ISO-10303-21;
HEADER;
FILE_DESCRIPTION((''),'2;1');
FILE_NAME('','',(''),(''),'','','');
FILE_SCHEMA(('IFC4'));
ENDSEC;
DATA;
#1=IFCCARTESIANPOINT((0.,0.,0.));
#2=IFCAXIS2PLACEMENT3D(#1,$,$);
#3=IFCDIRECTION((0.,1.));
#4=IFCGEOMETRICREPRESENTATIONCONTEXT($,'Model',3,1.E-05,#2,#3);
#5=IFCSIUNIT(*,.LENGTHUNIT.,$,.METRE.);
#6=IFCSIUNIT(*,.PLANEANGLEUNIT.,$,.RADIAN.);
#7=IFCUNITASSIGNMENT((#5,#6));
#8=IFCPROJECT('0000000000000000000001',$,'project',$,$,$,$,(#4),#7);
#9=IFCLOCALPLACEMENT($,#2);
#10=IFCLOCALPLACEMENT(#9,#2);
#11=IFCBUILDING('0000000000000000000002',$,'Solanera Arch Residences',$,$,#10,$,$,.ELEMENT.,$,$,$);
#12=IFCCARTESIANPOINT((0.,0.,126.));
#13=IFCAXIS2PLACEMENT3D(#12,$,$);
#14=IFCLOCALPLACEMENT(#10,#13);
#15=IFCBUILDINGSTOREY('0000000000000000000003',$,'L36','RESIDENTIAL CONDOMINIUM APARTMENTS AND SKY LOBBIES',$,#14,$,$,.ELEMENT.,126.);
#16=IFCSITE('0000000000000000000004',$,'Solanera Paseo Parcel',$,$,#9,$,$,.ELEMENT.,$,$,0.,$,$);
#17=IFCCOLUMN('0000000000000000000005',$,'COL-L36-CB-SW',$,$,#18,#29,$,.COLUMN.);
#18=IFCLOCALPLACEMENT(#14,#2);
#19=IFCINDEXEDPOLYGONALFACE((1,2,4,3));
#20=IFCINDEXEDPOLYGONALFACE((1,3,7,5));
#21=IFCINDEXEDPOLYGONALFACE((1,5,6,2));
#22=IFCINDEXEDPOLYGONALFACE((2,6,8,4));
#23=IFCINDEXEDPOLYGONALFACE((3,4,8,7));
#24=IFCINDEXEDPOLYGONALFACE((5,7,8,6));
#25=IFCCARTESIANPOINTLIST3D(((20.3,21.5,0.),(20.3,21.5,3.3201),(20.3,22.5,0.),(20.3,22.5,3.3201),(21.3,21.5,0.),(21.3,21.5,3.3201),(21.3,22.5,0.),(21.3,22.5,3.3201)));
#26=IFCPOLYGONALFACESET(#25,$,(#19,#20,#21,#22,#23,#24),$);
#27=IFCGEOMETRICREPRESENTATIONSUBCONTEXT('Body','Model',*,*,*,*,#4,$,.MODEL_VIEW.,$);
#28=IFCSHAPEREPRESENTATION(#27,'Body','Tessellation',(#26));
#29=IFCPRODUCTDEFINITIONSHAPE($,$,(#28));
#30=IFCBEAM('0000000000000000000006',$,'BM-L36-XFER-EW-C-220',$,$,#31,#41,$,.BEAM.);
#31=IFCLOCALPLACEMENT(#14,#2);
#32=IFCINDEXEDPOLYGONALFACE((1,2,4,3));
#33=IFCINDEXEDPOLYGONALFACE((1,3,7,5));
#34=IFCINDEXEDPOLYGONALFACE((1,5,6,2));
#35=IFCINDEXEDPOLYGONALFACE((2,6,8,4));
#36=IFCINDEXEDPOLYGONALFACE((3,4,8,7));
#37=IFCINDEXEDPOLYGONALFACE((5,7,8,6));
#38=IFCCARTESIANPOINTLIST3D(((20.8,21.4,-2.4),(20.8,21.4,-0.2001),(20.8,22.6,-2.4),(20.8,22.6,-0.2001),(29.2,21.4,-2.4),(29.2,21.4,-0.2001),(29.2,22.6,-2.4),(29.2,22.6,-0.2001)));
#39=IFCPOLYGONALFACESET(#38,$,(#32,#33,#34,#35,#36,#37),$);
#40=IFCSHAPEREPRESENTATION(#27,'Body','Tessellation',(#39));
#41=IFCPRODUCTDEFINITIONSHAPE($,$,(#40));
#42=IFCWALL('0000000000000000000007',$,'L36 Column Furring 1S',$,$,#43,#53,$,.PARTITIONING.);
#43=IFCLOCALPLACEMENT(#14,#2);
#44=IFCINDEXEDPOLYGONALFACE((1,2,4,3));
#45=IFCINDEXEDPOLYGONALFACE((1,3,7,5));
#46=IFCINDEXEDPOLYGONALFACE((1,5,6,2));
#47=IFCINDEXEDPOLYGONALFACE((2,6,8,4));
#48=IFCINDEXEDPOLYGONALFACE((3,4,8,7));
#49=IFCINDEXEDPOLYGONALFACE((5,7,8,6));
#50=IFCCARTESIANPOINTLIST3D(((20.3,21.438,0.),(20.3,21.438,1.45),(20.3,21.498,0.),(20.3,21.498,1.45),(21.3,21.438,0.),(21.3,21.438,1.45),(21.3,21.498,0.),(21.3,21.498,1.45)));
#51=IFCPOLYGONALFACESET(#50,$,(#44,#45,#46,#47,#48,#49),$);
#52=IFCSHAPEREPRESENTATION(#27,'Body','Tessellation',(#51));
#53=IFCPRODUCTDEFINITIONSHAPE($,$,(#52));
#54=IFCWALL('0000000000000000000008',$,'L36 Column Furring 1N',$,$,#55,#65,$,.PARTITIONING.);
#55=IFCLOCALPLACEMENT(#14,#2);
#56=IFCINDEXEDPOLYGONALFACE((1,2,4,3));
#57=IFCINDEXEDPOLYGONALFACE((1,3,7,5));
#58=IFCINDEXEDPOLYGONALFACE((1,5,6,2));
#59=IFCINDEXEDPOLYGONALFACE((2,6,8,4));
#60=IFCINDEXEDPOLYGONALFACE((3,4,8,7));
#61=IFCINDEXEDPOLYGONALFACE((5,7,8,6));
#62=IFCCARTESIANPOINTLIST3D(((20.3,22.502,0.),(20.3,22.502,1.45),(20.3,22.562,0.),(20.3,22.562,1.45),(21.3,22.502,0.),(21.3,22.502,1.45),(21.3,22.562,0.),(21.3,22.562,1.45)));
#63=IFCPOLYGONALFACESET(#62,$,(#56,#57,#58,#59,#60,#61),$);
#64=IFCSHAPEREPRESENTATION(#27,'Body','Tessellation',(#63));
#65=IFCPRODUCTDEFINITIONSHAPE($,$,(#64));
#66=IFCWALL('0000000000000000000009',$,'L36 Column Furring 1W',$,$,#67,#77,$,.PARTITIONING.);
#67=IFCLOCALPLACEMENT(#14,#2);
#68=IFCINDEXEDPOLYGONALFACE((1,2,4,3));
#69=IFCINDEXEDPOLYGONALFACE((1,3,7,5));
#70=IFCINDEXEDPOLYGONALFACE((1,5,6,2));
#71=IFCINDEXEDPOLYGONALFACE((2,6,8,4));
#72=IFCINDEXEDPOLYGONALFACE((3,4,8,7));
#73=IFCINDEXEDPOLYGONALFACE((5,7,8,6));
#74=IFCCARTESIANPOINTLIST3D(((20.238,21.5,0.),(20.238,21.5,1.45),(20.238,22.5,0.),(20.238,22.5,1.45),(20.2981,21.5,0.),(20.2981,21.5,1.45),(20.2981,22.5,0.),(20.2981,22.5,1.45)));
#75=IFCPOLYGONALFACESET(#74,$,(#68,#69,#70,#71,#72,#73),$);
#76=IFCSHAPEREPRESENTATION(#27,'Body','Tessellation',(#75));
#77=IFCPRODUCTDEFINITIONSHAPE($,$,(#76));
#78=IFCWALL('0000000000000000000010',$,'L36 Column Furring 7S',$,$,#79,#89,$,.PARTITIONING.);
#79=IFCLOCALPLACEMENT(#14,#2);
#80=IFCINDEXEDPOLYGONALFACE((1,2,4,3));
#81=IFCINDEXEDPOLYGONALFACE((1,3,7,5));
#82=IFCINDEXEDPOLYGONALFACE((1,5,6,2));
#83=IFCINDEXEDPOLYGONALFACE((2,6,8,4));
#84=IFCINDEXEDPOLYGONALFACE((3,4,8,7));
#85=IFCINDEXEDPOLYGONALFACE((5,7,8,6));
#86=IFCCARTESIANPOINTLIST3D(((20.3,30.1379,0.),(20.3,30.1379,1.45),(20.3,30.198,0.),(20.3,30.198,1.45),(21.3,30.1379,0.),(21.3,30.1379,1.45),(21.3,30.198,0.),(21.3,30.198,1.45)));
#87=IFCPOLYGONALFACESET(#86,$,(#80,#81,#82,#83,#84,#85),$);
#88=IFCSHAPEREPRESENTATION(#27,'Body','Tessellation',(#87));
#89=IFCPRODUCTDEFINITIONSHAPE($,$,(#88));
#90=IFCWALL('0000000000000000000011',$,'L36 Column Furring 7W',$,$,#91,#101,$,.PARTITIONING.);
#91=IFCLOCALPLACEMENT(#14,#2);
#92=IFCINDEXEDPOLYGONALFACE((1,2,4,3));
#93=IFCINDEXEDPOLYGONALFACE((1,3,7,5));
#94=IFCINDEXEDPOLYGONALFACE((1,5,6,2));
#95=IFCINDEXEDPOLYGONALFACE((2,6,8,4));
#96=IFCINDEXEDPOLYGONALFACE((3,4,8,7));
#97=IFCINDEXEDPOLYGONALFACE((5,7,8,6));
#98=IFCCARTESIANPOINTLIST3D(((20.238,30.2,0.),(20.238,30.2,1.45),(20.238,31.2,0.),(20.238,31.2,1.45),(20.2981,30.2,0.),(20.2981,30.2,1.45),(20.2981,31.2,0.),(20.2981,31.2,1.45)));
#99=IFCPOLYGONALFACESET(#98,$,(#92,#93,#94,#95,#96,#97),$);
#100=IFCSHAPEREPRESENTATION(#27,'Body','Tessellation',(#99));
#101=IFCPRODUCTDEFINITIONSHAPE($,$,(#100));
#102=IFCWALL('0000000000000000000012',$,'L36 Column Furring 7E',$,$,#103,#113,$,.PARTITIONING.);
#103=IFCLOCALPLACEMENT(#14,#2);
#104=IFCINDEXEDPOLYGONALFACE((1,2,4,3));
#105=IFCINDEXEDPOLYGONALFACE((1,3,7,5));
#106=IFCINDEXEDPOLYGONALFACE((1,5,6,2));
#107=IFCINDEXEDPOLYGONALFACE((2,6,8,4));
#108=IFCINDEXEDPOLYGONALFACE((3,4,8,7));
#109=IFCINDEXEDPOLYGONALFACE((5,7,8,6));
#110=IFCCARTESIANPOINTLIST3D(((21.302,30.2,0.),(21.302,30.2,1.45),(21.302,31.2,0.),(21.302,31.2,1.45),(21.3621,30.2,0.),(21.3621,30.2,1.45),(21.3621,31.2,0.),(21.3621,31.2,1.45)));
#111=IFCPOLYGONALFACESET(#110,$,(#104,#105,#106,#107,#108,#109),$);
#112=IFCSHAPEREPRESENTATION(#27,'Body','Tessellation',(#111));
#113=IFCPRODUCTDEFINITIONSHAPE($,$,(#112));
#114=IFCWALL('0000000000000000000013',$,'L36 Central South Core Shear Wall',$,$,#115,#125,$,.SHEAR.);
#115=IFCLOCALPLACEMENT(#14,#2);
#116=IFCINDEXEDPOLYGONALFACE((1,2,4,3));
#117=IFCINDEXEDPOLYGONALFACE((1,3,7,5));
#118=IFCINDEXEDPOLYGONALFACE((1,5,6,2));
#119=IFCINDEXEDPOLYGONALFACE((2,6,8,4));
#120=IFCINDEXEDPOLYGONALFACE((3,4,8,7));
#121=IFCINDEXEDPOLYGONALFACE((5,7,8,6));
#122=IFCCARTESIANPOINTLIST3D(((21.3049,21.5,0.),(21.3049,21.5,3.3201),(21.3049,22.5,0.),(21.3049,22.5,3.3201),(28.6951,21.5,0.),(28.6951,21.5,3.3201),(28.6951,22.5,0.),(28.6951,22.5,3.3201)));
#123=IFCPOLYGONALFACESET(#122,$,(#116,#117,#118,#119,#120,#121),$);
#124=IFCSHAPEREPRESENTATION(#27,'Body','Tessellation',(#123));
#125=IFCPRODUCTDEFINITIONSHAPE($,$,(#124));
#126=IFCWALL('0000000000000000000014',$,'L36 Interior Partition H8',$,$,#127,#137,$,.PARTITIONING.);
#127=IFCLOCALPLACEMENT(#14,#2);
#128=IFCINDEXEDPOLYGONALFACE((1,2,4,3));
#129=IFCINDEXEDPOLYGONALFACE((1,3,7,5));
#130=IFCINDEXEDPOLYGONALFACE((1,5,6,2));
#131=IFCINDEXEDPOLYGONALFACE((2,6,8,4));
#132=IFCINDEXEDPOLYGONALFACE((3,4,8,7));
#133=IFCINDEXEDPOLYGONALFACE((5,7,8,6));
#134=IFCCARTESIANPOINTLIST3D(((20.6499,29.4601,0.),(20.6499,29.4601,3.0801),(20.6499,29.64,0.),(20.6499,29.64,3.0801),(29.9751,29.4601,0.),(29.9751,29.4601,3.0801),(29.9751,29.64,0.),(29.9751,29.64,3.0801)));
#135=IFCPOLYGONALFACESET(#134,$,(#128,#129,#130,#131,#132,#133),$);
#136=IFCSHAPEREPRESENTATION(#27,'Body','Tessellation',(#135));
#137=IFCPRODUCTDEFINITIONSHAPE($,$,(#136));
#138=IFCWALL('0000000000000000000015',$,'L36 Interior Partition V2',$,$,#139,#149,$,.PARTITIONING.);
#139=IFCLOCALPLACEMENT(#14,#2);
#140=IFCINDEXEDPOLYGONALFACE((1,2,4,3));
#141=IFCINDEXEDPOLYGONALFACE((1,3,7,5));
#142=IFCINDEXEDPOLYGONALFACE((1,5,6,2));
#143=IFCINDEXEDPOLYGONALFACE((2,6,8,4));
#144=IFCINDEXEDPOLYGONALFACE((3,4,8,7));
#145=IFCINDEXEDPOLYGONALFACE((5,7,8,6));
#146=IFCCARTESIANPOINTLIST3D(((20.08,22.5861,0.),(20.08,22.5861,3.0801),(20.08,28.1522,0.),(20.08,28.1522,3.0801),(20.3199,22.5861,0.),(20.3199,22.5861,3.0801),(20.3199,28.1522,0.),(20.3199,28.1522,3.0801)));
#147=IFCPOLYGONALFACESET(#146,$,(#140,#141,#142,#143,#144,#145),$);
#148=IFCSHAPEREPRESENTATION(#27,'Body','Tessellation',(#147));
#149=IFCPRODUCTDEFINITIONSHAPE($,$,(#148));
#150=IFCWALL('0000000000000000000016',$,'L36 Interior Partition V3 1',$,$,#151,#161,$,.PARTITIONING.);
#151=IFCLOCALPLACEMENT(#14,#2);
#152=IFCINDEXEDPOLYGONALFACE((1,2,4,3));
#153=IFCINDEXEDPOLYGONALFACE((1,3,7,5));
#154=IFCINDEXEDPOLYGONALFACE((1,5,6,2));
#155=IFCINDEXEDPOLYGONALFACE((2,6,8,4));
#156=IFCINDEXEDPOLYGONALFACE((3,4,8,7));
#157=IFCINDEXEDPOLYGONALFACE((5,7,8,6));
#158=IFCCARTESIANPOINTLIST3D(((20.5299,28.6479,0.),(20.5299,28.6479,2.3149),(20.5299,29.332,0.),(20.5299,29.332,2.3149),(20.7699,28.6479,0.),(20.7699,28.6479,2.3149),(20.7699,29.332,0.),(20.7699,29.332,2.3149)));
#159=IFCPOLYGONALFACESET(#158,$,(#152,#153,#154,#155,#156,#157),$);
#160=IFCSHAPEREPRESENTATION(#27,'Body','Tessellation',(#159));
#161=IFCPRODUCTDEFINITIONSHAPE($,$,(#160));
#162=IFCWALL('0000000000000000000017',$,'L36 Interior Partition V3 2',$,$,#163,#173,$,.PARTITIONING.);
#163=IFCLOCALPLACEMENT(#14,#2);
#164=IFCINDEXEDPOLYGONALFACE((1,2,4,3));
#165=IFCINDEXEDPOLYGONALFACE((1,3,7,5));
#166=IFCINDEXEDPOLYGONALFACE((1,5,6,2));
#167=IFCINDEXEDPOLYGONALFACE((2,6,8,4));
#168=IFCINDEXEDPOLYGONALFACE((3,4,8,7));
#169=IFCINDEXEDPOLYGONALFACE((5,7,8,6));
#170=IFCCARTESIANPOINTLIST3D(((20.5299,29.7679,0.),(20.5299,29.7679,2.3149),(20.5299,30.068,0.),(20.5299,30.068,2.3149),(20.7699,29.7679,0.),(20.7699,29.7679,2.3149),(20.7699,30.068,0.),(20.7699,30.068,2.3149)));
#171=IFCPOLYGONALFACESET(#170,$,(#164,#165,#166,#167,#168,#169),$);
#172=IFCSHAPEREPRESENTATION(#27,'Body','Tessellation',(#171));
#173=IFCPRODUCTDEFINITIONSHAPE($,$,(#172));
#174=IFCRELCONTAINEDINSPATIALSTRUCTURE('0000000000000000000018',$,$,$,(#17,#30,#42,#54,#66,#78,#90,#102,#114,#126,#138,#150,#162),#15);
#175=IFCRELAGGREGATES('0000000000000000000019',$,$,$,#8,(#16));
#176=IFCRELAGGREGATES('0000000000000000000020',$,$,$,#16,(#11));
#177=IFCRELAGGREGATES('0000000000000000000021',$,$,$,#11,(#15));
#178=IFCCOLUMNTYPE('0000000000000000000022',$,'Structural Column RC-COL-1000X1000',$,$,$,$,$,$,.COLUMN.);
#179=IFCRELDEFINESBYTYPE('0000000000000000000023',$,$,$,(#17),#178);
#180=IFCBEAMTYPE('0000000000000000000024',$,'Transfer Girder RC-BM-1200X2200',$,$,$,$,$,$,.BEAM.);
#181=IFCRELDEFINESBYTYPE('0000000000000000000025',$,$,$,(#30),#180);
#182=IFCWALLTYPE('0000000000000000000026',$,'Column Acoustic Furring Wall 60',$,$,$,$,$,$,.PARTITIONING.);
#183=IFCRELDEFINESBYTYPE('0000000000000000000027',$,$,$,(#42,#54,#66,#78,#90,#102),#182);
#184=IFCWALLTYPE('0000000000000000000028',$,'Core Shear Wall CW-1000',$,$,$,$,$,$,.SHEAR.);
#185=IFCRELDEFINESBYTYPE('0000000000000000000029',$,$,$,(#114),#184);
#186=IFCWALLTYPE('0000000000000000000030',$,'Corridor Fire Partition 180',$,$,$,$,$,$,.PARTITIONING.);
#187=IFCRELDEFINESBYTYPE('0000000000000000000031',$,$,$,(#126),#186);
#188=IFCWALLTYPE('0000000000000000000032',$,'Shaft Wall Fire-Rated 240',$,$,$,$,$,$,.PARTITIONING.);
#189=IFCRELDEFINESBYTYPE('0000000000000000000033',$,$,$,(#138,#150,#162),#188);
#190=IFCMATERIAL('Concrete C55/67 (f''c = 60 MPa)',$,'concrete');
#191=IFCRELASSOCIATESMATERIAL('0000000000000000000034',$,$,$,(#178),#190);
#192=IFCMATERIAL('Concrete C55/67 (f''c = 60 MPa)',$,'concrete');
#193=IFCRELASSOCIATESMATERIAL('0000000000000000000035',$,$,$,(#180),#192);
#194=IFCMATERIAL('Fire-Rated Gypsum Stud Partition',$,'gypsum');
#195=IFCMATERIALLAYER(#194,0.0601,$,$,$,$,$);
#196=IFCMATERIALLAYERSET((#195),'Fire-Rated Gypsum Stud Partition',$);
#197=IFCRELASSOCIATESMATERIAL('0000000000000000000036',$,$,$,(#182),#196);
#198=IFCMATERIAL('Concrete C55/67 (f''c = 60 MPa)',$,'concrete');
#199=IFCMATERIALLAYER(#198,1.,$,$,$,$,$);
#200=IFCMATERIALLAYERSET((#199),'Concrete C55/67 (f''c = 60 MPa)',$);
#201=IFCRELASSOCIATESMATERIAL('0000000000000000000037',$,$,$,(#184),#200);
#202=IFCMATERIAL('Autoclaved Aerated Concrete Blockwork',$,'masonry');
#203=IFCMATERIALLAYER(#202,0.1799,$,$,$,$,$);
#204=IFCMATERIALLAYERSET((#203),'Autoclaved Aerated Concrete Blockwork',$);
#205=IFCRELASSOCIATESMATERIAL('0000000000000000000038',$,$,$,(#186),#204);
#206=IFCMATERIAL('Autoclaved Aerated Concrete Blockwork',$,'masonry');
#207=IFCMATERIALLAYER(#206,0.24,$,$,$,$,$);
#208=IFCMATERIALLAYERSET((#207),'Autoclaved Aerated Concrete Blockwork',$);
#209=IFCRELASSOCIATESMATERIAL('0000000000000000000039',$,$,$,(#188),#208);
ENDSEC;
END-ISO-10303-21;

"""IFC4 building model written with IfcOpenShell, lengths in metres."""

from ifc_helpers import new_model, si_unit, direction, frame, frame_2d, origin, origin_2d, place, context, subcontext, project, spatial, rectangle, extrude, material, layer, layer_set, material_profile, profile_set, type_object, element, save


model = new_model("IFC4")

# Units and contexts
model_context = context("Model", 3, precision=1e-05, world=origin(), true_north=direction((0.0, 1.0)))
body_context = subcontext(model_context, "Body", "Model", "MODEL_VIEW")
ifc_project = project(units=[si_unit("LENGTHUNIT", "METRE"), si_unit("PLANEANGLEUNIT", "RADIAN")], contexts=[model_context])

# Site, building, storey
site_placement = place(None, origin())
site = spatial("IfcSite", under=ifc_project, at=site_placement, Name="Solanera Paseo Parcel", CompositionType="ELEMENT", RefElevation=0.0)
building_placement = place(site_placement, origin())
building = spatial("IfcBuilding", under=site, at=building_placement, Name="Solanera Arch Residences", CompositionType="ELEMENT")
storey_placement = place(building_placement, frame((0.0, 0.0, 126.0)))
storey = spatial("IfcBuildingStorey", under=building, at=storey_placement, Name="L36", Description="RESIDENTIAL CONDOMINIUM APARTMENTS AND SKY LOBBIES", CompositionType="ELEMENT", Elevation=126.0)

# Column
ifc_material_1 = material(Name="Concrete C55/67 (f'c = 60 MPa)", Category="concrete")
ifc_material_profile_1 = material_profile(ifc_material_1, rectangle(XDim=1.0, YDim=1.0, at=origin_2d()))
ifc_profile_set_1 = profile_set([ifc_material_profile_1], Name="Concrete C55/67 (f'c = 60 MPa)")
column_type = type_object("IfcColumnType", Name="Structural Column RC-COL-1000X1000", PredefinedType="COLUMN", material=ifc_profile_set_1)
column_placement = place(storey_placement, frame((20.8, 22.0, 0.0), z_axis=(0.0, 0.0, 1.0), x_axis=(1.0, 0.0, 0.0)))
element("IfcColumn", 1, at=column_placement, inside=storey, type_object=column_type, Name="COL-L36-CB-SW", PredefinedType="COLUMN", context=body_context, shape_type="SweptSolid", body=[
    extrude(rectangle(XDim=1.0, YDim=1.0, at=origin_2d()), origin(), (0.0, 0.0, 1.0), 3.3201),
])

# Beam
ifc_material_2 = material(Name="Concrete C55/67 (f'c = 60 MPa)", Category="concrete")
ifc_material_profile_2 = material_profile(ifc_material_2, rectangle(XDim=1.2, YDim=2.2, at=origin_2d()))
ifc_profile_set_2 = profile_set([ifc_material_profile_2], Name="Concrete C55/67 (f'c = 60 MPa)")
beam_type = type_object("IfcBeamType", Name="Transfer Girder RC-BM-1200X2200", PredefinedType="BEAM", material=ifc_profile_set_2)
beam_placement = place(storey_placement, frame((20.8, 22.0, -1.3), z_axis=(1.0, 0.0, 0.0), x_axis=(0.0, 1.0, 0.0)))
element("IfcBeam", 2, at=beam_placement, inside=storey, type_object=beam_type, Name="BM-L36-XFER-EW-C-220", PredefinedType="BEAM", context=body_context, shape_type="SweptSolid", body=[
    extrude(rectangle(XDim=1.2, YDim=2.2, at=origin_2d()), origin(), (0.0, 0.0, 1.0), 8.3999),
])

# Walls
ifc_material_3 = material(Name="Fire-Rated Gypsum Stud Partition", Category="gypsum")
ifc_layer_1 = layer(ifc_material_3, 0.0601)
ifc_layer_set_1 = layer_set([ifc_layer_1], Name="Fire-Rated Gypsum Stud Partition")
wall_type_1 = type_object("IfcWallType", Name="Column Acoustic Furring Wall 60", PredefinedType="PARTITIONING", material=ifc_layer_set_1)
for number, where, z_axis, x_axis, name in (
    (3, (20.3, 21.468, 0.0), (0.0, 0.0, 1.0), (1.0, 0.0, 0.0), "L36 Column Furring 1S"),
    (4, (20.3, 22.532, 0.0), (0.0, 0.0, 1.0), (1.0, 0.0, 0.0), "L36 Column Furring 1N"),
    (5, (20.2681, 21.5, 0.0), (0.0, 0.0, 1.0), (0.0, 1.0, 0.0), "L36 Column Furring 1W"),
    (6, (20.3, 30.168, 0.0), (0.0, 0.0, 1.0), (1.0, 0.0, 0.0), "L36 Column Furring 7S"),
    (7, (20.2681, 30.2, 0.0), (0.0, 0.0, 1.0), (0.0, 1.0, 0.0), "L36 Column Furring 7W"),
    (8, (21.332, 30.2, 0.0), (0.0, 0.0, 1.0), (0.0, 1.0, 0.0), "L36 Column Furring 7E"),
):
    element("IfcWall", number, at=place(storey_placement, frame(where, z_axis=z_axis, x_axis=x_axis)), inside=storey, type_object=wall_type_1, Name=name, PredefinedType="PARTITIONING", context=body_context, shape_type="SweptSolid", body=[
        extrude(rectangle(XDim=1.0, YDim=0.0601, at=frame_2d((0.5, 0.0))), origin(), (0.0, 0.0, 1.0), 1.45),
    ])
ifc_material_4 = material(Name="Concrete C55/67 (f'c = 60 MPa)", Category="concrete")
ifc_layer_2 = layer(ifc_material_4, 1.0)
ifc_layer_set_2 = layer_set([ifc_layer_2], Name="Concrete C55/67 (f'c = 60 MPa)")
wall_type_2 = type_object("IfcWallType", Name="Core Shear Wall CW-1000", PredefinedType="SHEAR", material=ifc_layer_set_2)
wall_1_placement = place(storey_placement, frame((21.3049, 22.0, 0.0), z_axis=(0.0, 0.0, 1.0), x_axis=(1.0, 0.0, 0.0)))
element("IfcWall", 9, at=wall_1_placement, inside=storey, type_object=wall_type_2, Name="L36 Central South Core Shear Wall", PredefinedType="SHEAR", context=body_context, shape_type="SweptSolid", body=[
    extrude(rectangle(XDim=7.3901, YDim=1.0, at=frame_2d((3.6951, 0.0))), origin(), (0.0, 0.0, 1.0), 3.3201),
])

# Wall
ifc_material_5 = material(Name="Autoclaved Aerated Concrete Blockwork", Category="masonry")
ifc_layer_3 = layer(ifc_material_5, 0.1799)
ifc_layer_set_3 = layer_set([ifc_layer_3], Name="Autoclaved Aerated Concrete Blockwork")
wall_type_3 = type_object("IfcWallType", Name="Corridor Fire Partition 180", PredefinedType="PARTITIONING", material=ifc_layer_set_3)
wall_2_placement = place(storey_placement, frame((20.6499, 29.55, 0.0), z_axis=(0.0, 0.0, 1.0), x_axis=(1.0, 0.0, 0.0)))
element("IfcWall", 10, at=wall_2_placement, inside=storey, type_object=wall_type_3, Name="L36 Interior Partition H8", PredefinedType="PARTITIONING", context=body_context, shape_type="SweptSolid", body=[
    extrude(rectangle(XDim=9.3252, YDim=0.1799, at=frame_2d((4.6626, 0.0))), origin(), (0.0, 0.0, 1.0), 3.0801),
])

# Shared definitions
ifc_material_6 = material(Name="Autoclaved Aerated Concrete Blockwork", Category="masonry")
ifc_layer_4 = layer(ifc_material_6, 0.24)
ifc_layer_set_4 = layer_set([ifc_layer_4], Name="Autoclaved Aerated Concrete Blockwork")
wall_type_4 = type_object("IfcWallType", Name="Shaft Wall Fire-Rated 240", PredefinedType="PARTITIONING", material=ifc_layer_set_4)

# Walls
wall_3_placement = place(storey_placement, frame((20.2, 22.5859, 0.0), z_axis=(0.0, 0.0, 1.0), x_axis=(0.0, 1.0, 0.0)))
element("IfcWall", 11, at=wall_3_placement, inside=storey, type_object=wall_type_4, Name="L36 Interior Partition V2", PredefinedType="PARTITIONING", context=body_context, shape_type="SweptSolid", body=[
    extrude(rectangle(XDim=5.5662, YDim=0.24, at=frame_2d((2.7832, 0.0))), origin(), (0.0, 0.0, 1.0), 3.0801),
])
wall_4_placement = place(storey_placement, frame((20.6499, 28.6479, 0.0), z_axis=(0.0, 0.0, 1.0), x_axis=(0.0, 1.0, 0.0)))
element("IfcWall", 12, at=wall_4_placement, inside=storey, type_object=wall_type_4, Name="L36 Interior Partition V3 1", PredefinedType="PARTITIONING", context=body_context, shape_type="SweptSolid", body=[
    extrude(rectangle(XDim=0.6841, YDim=0.24, at=frame_2d((0.342, 0.0))), origin(), (0.0, 0.0, 1.0), 2.3149),
])
wall_5_placement = place(storey_placement, frame((20.6499, 29.7681, 0.0), z_axis=(0.0, 0.0, 1.0), x_axis=(0.0, 1.0, 0.0)))
element("IfcWall", 13, at=wall_5_placement, inside=storey, type_object=wall_type_4, Name="L36 Interior Partition V3 2", PredefinedType="PARTITIONING", context=body_context, shape_type="SweptSolid", body=[
    extrude(rectangle(XDim=0.3, YDim=0.24, at=frame_2d((0.1499, 0.0))), origin(), (0.0, 0.0, 1.0), 2.3149),
])

save(model, "model.ifc")
